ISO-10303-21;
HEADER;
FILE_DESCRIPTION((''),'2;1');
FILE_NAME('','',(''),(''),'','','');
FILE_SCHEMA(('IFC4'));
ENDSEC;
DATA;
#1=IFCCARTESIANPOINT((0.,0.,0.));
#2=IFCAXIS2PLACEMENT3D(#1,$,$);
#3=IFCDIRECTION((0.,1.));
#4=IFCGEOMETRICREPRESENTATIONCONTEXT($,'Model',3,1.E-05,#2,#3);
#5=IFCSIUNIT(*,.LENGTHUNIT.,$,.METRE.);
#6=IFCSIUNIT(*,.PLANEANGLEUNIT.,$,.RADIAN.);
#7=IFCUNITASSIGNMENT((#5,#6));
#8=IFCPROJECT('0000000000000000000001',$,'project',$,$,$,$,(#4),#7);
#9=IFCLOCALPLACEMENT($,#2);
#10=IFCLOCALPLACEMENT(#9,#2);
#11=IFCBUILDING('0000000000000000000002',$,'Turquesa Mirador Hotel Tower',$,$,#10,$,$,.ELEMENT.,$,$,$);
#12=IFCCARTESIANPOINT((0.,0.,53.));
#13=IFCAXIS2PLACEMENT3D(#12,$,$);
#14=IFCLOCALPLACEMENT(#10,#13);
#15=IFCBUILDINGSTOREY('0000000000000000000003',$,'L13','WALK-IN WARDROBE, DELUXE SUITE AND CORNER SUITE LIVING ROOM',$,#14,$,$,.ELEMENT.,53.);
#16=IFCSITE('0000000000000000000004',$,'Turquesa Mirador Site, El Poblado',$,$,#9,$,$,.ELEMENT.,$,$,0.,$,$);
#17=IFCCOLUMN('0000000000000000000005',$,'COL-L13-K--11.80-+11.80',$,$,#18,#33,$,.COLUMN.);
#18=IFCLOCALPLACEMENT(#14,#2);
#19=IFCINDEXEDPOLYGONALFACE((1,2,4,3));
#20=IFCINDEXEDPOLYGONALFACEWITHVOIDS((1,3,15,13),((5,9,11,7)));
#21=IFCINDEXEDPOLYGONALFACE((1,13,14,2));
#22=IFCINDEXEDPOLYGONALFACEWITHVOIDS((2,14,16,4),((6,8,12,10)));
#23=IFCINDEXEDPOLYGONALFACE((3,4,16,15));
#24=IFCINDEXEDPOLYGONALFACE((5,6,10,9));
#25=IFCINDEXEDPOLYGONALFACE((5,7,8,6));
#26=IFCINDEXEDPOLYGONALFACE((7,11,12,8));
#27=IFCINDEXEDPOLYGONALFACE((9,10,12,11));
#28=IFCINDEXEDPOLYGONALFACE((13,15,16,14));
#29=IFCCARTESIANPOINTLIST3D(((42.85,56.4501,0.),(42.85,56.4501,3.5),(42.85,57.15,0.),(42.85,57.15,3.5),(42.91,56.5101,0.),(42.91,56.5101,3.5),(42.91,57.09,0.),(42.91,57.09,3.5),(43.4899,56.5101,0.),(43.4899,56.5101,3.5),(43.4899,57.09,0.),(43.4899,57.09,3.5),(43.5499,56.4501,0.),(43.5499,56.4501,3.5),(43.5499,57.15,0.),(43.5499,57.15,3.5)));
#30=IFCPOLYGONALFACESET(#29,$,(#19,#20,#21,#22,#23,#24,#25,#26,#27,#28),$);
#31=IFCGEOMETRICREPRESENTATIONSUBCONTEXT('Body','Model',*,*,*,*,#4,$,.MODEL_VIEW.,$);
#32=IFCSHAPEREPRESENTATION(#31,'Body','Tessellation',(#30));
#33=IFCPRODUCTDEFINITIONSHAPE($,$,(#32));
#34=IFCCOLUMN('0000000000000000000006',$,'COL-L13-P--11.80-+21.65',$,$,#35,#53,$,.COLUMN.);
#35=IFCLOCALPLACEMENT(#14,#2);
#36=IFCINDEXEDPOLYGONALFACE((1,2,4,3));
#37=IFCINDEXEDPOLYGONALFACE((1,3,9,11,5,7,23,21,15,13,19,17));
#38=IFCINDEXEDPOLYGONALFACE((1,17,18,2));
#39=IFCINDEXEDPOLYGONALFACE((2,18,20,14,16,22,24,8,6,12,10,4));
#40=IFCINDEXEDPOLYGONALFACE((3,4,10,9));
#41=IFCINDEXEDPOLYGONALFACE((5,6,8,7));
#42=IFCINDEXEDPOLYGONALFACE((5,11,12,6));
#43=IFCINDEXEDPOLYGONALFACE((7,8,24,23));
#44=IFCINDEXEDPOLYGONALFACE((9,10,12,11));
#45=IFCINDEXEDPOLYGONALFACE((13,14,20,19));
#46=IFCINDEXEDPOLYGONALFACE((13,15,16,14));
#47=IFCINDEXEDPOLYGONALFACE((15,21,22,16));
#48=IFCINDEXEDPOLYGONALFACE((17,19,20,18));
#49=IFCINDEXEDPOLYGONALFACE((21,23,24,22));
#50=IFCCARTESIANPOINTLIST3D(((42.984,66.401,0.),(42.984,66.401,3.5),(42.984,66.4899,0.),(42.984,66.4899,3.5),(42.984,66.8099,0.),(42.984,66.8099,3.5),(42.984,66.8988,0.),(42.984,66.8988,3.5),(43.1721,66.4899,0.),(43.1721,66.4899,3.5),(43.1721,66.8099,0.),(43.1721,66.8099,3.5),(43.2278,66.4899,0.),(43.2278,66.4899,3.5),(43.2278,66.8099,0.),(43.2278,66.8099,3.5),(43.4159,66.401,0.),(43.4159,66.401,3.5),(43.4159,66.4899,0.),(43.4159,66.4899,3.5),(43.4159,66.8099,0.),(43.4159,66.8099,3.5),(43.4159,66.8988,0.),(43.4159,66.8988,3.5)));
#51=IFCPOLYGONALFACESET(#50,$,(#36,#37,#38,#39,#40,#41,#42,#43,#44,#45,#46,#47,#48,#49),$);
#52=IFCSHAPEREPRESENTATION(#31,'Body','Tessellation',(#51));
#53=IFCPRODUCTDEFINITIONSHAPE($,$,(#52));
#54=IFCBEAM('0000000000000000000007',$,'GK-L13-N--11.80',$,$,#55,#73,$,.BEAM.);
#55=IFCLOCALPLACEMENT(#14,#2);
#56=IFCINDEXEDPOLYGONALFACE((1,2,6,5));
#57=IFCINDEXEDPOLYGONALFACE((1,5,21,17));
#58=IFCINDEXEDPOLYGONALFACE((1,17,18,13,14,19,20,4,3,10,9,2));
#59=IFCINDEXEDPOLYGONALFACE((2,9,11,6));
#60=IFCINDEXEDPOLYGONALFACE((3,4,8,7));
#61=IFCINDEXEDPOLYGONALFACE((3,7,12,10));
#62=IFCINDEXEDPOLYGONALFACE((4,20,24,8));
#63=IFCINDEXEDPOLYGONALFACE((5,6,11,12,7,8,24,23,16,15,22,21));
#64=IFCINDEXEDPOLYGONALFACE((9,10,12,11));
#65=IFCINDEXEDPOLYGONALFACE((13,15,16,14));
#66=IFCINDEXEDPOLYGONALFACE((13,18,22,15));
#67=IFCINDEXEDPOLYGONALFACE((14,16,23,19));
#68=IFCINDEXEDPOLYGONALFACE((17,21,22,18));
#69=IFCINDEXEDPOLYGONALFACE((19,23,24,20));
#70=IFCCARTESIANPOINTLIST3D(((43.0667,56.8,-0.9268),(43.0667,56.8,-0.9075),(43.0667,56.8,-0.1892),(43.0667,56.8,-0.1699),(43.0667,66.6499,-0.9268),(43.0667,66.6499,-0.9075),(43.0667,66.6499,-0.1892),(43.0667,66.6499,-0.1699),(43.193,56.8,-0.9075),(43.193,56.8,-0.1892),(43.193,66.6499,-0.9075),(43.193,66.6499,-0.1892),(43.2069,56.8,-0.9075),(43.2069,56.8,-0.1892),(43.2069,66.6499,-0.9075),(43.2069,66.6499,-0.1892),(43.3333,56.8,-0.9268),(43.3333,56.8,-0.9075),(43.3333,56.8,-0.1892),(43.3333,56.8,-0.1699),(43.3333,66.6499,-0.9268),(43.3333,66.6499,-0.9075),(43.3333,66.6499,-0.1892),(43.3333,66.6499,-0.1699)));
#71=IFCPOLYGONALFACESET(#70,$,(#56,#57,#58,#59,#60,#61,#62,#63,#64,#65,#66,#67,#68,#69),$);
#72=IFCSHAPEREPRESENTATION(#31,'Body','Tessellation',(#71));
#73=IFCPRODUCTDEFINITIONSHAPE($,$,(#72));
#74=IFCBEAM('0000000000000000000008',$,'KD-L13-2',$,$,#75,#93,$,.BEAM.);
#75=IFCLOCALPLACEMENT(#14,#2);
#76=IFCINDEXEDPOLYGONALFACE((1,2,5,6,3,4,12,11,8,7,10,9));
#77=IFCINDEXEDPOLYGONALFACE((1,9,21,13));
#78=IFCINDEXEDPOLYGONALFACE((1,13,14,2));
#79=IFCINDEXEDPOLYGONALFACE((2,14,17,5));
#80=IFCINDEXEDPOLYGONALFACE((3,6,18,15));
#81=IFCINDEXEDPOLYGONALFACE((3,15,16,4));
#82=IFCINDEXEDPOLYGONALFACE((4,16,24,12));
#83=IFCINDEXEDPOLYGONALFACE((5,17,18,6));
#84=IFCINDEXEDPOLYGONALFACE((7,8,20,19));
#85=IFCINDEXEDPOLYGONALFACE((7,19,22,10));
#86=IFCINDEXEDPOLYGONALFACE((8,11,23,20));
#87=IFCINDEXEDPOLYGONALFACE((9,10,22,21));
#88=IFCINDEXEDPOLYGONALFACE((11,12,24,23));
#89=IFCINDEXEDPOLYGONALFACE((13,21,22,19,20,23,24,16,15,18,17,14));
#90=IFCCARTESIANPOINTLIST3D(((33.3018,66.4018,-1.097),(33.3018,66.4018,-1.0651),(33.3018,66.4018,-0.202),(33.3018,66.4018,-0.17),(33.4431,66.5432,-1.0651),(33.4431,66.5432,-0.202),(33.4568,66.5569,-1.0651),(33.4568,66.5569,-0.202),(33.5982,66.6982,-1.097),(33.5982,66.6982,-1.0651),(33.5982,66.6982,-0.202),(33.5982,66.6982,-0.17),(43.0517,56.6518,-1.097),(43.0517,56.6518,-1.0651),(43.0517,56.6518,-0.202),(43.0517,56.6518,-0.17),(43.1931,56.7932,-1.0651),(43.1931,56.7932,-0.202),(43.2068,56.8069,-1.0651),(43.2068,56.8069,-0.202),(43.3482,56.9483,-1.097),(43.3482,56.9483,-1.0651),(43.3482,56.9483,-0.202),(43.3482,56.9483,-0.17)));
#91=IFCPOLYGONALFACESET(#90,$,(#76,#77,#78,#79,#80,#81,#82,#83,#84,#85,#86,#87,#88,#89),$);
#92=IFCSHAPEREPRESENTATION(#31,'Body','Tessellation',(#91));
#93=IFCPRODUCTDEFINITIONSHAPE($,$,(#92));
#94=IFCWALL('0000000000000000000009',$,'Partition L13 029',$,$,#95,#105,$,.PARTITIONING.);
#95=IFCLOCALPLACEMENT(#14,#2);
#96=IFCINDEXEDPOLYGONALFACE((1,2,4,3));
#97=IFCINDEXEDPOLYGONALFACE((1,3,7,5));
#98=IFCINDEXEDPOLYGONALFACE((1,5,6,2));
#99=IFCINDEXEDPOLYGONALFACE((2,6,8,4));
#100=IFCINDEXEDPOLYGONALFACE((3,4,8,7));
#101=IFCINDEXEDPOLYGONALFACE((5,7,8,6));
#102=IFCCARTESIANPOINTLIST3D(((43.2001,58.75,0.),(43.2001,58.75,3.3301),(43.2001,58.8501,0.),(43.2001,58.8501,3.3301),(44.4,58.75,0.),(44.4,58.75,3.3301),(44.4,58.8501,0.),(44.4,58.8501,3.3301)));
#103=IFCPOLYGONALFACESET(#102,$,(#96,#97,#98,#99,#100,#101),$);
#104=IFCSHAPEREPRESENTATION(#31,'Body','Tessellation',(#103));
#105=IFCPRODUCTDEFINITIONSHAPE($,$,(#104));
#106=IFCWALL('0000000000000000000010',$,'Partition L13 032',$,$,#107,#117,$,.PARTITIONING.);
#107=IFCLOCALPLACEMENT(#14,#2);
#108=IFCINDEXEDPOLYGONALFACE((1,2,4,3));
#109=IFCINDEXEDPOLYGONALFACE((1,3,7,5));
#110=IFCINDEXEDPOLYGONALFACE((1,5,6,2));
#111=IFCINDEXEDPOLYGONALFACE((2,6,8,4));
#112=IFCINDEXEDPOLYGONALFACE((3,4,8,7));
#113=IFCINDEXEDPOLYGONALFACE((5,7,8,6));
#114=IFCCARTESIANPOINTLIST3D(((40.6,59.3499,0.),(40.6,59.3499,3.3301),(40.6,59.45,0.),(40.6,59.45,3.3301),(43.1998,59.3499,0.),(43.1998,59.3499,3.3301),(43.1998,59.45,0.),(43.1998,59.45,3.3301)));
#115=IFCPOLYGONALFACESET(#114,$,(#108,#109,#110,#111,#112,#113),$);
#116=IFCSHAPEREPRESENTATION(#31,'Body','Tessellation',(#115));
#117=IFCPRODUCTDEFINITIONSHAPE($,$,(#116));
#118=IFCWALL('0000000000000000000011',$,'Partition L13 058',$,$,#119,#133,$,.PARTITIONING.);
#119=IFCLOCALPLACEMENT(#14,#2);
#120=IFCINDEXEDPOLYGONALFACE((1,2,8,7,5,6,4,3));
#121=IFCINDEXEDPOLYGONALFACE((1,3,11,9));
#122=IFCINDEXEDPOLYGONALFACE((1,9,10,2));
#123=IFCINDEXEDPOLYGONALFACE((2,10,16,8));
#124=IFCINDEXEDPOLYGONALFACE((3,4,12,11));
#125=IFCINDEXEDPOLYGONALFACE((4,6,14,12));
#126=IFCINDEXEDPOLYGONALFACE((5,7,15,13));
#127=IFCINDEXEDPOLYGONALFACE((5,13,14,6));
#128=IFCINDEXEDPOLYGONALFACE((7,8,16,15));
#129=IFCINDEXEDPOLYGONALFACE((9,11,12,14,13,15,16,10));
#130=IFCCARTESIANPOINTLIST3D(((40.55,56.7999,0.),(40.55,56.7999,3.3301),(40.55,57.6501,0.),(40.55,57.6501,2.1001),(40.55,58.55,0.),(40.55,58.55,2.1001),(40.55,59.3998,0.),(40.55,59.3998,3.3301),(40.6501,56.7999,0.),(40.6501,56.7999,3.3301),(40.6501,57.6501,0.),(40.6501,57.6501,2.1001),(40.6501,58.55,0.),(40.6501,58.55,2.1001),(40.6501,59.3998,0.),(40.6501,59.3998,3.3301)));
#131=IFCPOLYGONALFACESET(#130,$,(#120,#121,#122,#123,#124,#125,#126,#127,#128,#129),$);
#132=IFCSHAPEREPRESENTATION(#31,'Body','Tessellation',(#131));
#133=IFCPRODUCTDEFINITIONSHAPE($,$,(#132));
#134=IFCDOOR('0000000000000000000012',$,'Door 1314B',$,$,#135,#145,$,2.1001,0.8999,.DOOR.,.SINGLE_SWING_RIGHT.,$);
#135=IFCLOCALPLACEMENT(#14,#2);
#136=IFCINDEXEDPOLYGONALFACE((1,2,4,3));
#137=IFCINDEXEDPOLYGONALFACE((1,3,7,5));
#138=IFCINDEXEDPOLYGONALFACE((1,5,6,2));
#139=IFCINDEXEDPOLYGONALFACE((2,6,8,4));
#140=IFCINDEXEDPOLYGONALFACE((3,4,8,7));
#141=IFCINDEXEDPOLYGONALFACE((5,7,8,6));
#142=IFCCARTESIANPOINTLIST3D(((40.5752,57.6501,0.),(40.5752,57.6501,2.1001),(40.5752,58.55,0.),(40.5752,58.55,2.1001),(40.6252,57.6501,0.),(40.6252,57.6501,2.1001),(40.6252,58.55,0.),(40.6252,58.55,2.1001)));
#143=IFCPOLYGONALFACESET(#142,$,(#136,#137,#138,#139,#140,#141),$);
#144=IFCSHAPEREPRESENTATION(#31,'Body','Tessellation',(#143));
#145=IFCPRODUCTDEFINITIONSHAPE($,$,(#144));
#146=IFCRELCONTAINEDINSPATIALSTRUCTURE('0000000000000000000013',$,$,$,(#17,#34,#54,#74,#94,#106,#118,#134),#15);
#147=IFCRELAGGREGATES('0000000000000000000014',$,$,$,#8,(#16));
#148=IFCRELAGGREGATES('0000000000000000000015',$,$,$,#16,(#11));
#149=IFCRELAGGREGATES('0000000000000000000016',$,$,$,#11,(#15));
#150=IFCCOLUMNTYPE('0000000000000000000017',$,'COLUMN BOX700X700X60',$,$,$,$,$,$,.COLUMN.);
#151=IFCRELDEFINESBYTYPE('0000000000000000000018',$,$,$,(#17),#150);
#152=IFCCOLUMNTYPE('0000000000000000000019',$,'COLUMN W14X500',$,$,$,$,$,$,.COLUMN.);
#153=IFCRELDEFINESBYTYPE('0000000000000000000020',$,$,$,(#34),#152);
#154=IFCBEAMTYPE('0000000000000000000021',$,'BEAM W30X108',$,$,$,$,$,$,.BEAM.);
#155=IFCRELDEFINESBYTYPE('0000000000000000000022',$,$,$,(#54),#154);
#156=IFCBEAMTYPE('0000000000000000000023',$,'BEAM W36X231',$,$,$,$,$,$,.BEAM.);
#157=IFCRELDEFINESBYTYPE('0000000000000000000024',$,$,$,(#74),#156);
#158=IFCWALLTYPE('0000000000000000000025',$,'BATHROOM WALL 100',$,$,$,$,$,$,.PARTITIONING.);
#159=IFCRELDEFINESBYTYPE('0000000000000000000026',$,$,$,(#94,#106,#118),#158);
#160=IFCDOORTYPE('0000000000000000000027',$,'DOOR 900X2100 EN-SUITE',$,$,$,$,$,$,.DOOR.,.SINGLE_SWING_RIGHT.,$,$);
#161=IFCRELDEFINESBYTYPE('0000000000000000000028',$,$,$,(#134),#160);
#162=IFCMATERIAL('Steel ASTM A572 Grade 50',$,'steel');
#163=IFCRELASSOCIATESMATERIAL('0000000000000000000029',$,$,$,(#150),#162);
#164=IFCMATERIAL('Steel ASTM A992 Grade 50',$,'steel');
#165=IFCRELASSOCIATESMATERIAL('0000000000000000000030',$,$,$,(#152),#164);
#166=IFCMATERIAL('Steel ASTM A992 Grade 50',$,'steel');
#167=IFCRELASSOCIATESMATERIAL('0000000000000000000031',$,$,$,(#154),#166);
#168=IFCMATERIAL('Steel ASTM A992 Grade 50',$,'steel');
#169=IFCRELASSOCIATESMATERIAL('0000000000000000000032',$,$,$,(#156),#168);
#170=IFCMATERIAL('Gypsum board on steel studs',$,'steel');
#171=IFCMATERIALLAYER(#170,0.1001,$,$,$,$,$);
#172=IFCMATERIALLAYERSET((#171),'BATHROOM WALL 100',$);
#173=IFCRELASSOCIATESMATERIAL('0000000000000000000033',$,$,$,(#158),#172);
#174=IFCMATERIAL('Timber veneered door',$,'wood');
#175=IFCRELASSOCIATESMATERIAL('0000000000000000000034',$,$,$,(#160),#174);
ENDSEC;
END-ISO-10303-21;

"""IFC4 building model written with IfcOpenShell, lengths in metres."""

from ifc_helpers import new_model, si_unit, direction, frame, frame_2d, origin, origin_2d, place, context, subcontext, project, spatial, rectangle, hollow_rectangle, i_section, extrude, material, layer, layer_set, material_profile, profile_set, type_object, element, fill, save


model = new_model("IFC4")

# Units and contexts
model_context = context("Model", 3, precision=1e-05, world=origin(), true_north=direction((0.0, 1.0)))
body_context = subcontext(model_context, "Body", "Model", "MODEL_VIEW")
ifc_project = project(units=[si_unit("LENGTHUNIT", "METRE"), si_unit("PLANEANGLEUNIT", "RADIAN")], contexts=[model_context])

# Site, building, storey
site_placement = place(None, origin())
site = spatial("IfcSite", under=ifc_project, at=site_placement, Name="Turquesa Mirador Site, El Poblado", CompositionType="ELEMENT", RefElevation=0.0)
building_placement = place(site_placement, origin())
building = spatial("IfcBuilding", under=site, at=building_placement, Name="Turquesa Mirador Hotel Tower", CompositionType="ELEMENT")
storey_placement = place(building_placement, frame((0.0, 0.0, 53.0)))
storey = spatial("IfcBuildingStorey", under=building, at=storey_placement, Name="L13", Description="WALK-IN WARDROBE, DELUXE SUITE AND CORNER SUITE LIVING ROOM", CompositionType="ELEMENT", Elevation=53.0)

# Columns
ifc_material_1 = material(Name="Steel ASTM A572 Grade 50", Category="steel")
ifc_material_profile_1 = material_profile(ifc_material_1, hollow_rectangle(XDim=0.7, YDim=0.7, WallThickness=0.0601, at=origin_2d()), Name="BOX700X700X60")
ifc_profile_set_1 = profile_set([ifc_material_profile_1], Name="Steel ASTM A572 Grade 50")
column_type_1 = type_object("IfcColumnType", Name="COLUMN BOX700X700X60", PredefinedType="COLUMN", material=ifc_profile_set_1)
column_1_placement = place(storey_placement, frame((43.2, 56.8, 0.0), z_axis=(0.0, 0.0, 1.0), x_axis=(1.0, 0.0, 0.0)))
element("IfcColumn", 1, at=column_1_placement, inside=storey, type_object=column_type_1, Name="COL-L13-K--11.80-+11.80", PredefinedType="COLUMN", context=body_context, shape_type="SweptSolid", body=[
    extrude(hollow_rectangle(XDim=0.7, YDim=0.7, WallThickness=0.0601, at=origin_2d()), origin(), (0.0, 0.0, 1.0), 3.5),
])
ifc_material_2 = material(Name="Steel ASTM A992 Grade 50", Category="steel")
ifc_material_profile_2 = material_profile(ifc_material_2, i_section(OverallWidth=0.4319, OverallDepth=0.4978, WebThickness=0.0557, FlangeThickness=0.0889, at=origin_2d()), Name="W14X500")
ifc_profile_set_2 = profile_set([ifc_material_profile_2], Name="Steel ASTM A992 Grade 50")
column_type_2 = type_object("IfcColumnType", Name="COLUMN W14X500", PredefinedType="COLUMN", material=ifc_profile_set_2)
column_2_placement = place(storey_placement, frame((43.2, 66.6499, 0.0), z_axis=(0.0, 0.0, 1.0), x_axis=(1.0, 0.0, 0.0)))
element("IfcColumn", 2, at=column_2_placement, inside=storey, type_object=column_type_2, Name="COL-L13-P--11.80-+21.65", PredefinedType="COLUMN", context=body_context, shape_type="SweptSolid", body=[
    extrude(i_section(OverallWidth=0.4319, OverallDepth=0.4978, WebThickness=0.0557, FlangeThickness=0.0889, at=origin_2d()), origin(), (0.0, 0.0, 1.0), 3.5),
])

# Beams
ifc_material_3 = material(Name="Steel ASTM A992 Grade 50", Category="steel")
ifc_material_profile_3 = material_profile(ifc_material_3, i_section(OverallWidth=0.2666, OverallDepth=0.7568, WebThickness=0.0139, FlangeThickness=0.0193, at=origin_2d()), Name="W30X108")
ifc_profile_set_3 = profile_set([ifc_material_profile_3], Name="Steel ASTM A992 Grade 50")
beam_type_1 = type_object("IfcBeamType", Name="BEAM W30X108", PredefinedType="BEAM", material=ifc_profile_set_3)
beam_1_placement = place(storey_placement, frame((43.2, 66.6499, -0.5483), z_axis=(0.0, -1.0, 0.0), x_axis=(1.0, 0.0, 0.0)))
element("IfcBeam", 3, at=beam_1_placement, inside=storey, type_object=beam_type_1, Name="GK-L13-N--11.80", PredefinedType="BEAM", context=body_context, shape_type="SweptSolid", body=[
    extrude(i_section(OverallWidth=0.2666, OverallDepth=0.7568, WebThickness=0.0139, FlangeThickness=0.0193, at=origin_2d()), origin(), (0.0, 0.0, 1.0), 9.8499),
])
ifc_material_4 = material(Name="Steel ASTM A992 Grade 50", Category="steel")
ifc_material_profile_4 = material_profile(ifc_material_4, i_section(OverallWidth=0.4192, OverallDepth=0.927, WebThickness=0.0193, FlangeThickness=0.032, at=origin_2d()), Name="W36X231")
ifc_profile_set_4 = profile_set([ifc_material_profile_4], Name="Steel ASTM A992 Grade 50")
beam_type_2 = type_object("IfcBeamType", Name="BEAM W36X231", PredefinedType="BEAM", material=ifc_profile_set_4)
beam_2_placement = place(storey_placement, frame((43.2, 56.8, -0.6335), z_axis=(-0.707107, 0.707107, 0.0), x_axis=(-0.707107, -0.707107, 0.0)))
element("IfcBeam", 4, at=beam_2_placement, inside=storey, type_object=beam_type_2, Name="KD-L13-2", PredefinedType="BEAM", context=body_context, shape_type="SweptSolid", body=[
    extrude(i_section(OverallWidth=0.4192, OverallDepth=0.927, WebThickness=0.0193, FlangeThickness=0.032, at=origin_2d()), origin(), (0.0, 0.0, 1.0), 13.7886),
])

# Walls
ifc_material_5 = material(Name="Gypsum board on steel studs", Category="steel")
ifc_layer_1 = layer(ifc_material_5, 0.1001)
ifc_layer_set_1 = layer_set([ifc_layer_1], Name="BATHROOM WALL 100")
wall_type_1 = type_object("IfcWallType", Name="BATHROOM WALL 100", PredefinedType="PARTITIONING", material=ifc_layer_set_1)
wall_1_placement = place(storey_placement, frame((43.2, 58.8, 0.0), z_axis=(0.0, 0.0, 1.0), x_axis=(1.0, 0.0, 0.0)))
element("IfcWall", 5, at=wall_1_placement, inside=storey, type_object=wall_type_1, Name="Partition L13 029", PredefinedType="PARTITIONING", context=body_context, shape_type="SweptSolid", body=[
    extrude(rectangle(XDim=1.2, YDim=0.1001, at=frame_2d((0.6001, 0.0))), origin(), (0.0, 0.0, 1.0), 3.3301),
])
wall_2_placement = place(storey_placement, frame((40.6001, 59.3999, 0.0), z_axis=(0.0, 0.0, 1.0), x_axis=(1.0, 0.0, 0.0)))
element("IfcWall", 6, at=wall_2_placement, inside=storey, type_object=wall_type_1, Name="Partition L13 032", PredefinedType="PARTITIONING", context=body_context, shape_type="SweptSolid", body=[
    extrude(rectangle(XDim=2.5999, YDim=0.1001, at=frame_2d((1.2998, 0.0))), origin(), (0.0, 0.0, 1.0), 3.3301),
])

# Wall, opening, door
wall_3_placement = place(storey_placement, frame((40.6001, 56.8, 0.0), z_axis=(0.0, 0.0, 1.0), x_axis=(0.0, 1.0, 0.0)))
wall_3 = element("IfcWall", 7, at=wall_3_placement, inside=storey, type_object=wall_type_1, Name="Partition L13 058", PredefinedType="PARTITIONING", context=body_context, shape_type="SweptSolid", body=[
    extrude(rectangle(XDim=2.5999, YDim=0.1001, at=frame_2d((1.2998, 0.0))), origin(), (0.0, 0.0, 1.0), 3.3301),
])
opening_1_placement = place(wall_3_placement, frame((0.8501, 0.0, 0.0)))
opening_1 = element("IfcOpeningElement", 8, at=opening_1_placement, cuts=wall_3, PredefinedType="OPENING", context=body_context, shape_type="SweptSolid", body=[
    extrude(rectangle(XDim=0.8999, YDim=2.1001, at=frame_2d((0.45, 1.05))), frame((0.0, 0.0601, 0.0), z_axis=(0.0, -1.0, 0.0), x_axis=(1.0, 0.0, 0.0)), (0.0, 0.0, 1.0), 0.1201),
])
ifc_material_6 = material(Name="Timber veneered door", Category="wood")
door_type_1 = type_object("IfcDoorType", Name="DOOR 900X2100 EN-SUITE", OperationType="SINGLE_SWING_RIGHT", PredefinedType="DOOR", material=ifc_material_6)
door_1_placement = place(opening_1_placement, origin())
door_1 = element("IfcDoor", 9, at=door_1_placement, inside=storey, type_object=door_type_1, Name="Door 1314B", OperationType="SINGLE_SWING_RIGHT", OverallHeight=2.1001, OverallWidth=0.8999, PredefinedType="DOOR", context=body_context, shape_type="SweptSolid", body=[
    extrude(rectangle(XDim=0.8999, YDim=2.1001, at=frame_2d((0.45, 1.05))), frame((0.0, 0.0249, 0.0), z_axis=(0.0, -1.0, 0.0), x_axis=(1.0, 0.0, 0.0)), (0.0, 0.0, 1.0), 0.05),
])
fill(opening_1, door_1)

save(model, "model.ifc")
